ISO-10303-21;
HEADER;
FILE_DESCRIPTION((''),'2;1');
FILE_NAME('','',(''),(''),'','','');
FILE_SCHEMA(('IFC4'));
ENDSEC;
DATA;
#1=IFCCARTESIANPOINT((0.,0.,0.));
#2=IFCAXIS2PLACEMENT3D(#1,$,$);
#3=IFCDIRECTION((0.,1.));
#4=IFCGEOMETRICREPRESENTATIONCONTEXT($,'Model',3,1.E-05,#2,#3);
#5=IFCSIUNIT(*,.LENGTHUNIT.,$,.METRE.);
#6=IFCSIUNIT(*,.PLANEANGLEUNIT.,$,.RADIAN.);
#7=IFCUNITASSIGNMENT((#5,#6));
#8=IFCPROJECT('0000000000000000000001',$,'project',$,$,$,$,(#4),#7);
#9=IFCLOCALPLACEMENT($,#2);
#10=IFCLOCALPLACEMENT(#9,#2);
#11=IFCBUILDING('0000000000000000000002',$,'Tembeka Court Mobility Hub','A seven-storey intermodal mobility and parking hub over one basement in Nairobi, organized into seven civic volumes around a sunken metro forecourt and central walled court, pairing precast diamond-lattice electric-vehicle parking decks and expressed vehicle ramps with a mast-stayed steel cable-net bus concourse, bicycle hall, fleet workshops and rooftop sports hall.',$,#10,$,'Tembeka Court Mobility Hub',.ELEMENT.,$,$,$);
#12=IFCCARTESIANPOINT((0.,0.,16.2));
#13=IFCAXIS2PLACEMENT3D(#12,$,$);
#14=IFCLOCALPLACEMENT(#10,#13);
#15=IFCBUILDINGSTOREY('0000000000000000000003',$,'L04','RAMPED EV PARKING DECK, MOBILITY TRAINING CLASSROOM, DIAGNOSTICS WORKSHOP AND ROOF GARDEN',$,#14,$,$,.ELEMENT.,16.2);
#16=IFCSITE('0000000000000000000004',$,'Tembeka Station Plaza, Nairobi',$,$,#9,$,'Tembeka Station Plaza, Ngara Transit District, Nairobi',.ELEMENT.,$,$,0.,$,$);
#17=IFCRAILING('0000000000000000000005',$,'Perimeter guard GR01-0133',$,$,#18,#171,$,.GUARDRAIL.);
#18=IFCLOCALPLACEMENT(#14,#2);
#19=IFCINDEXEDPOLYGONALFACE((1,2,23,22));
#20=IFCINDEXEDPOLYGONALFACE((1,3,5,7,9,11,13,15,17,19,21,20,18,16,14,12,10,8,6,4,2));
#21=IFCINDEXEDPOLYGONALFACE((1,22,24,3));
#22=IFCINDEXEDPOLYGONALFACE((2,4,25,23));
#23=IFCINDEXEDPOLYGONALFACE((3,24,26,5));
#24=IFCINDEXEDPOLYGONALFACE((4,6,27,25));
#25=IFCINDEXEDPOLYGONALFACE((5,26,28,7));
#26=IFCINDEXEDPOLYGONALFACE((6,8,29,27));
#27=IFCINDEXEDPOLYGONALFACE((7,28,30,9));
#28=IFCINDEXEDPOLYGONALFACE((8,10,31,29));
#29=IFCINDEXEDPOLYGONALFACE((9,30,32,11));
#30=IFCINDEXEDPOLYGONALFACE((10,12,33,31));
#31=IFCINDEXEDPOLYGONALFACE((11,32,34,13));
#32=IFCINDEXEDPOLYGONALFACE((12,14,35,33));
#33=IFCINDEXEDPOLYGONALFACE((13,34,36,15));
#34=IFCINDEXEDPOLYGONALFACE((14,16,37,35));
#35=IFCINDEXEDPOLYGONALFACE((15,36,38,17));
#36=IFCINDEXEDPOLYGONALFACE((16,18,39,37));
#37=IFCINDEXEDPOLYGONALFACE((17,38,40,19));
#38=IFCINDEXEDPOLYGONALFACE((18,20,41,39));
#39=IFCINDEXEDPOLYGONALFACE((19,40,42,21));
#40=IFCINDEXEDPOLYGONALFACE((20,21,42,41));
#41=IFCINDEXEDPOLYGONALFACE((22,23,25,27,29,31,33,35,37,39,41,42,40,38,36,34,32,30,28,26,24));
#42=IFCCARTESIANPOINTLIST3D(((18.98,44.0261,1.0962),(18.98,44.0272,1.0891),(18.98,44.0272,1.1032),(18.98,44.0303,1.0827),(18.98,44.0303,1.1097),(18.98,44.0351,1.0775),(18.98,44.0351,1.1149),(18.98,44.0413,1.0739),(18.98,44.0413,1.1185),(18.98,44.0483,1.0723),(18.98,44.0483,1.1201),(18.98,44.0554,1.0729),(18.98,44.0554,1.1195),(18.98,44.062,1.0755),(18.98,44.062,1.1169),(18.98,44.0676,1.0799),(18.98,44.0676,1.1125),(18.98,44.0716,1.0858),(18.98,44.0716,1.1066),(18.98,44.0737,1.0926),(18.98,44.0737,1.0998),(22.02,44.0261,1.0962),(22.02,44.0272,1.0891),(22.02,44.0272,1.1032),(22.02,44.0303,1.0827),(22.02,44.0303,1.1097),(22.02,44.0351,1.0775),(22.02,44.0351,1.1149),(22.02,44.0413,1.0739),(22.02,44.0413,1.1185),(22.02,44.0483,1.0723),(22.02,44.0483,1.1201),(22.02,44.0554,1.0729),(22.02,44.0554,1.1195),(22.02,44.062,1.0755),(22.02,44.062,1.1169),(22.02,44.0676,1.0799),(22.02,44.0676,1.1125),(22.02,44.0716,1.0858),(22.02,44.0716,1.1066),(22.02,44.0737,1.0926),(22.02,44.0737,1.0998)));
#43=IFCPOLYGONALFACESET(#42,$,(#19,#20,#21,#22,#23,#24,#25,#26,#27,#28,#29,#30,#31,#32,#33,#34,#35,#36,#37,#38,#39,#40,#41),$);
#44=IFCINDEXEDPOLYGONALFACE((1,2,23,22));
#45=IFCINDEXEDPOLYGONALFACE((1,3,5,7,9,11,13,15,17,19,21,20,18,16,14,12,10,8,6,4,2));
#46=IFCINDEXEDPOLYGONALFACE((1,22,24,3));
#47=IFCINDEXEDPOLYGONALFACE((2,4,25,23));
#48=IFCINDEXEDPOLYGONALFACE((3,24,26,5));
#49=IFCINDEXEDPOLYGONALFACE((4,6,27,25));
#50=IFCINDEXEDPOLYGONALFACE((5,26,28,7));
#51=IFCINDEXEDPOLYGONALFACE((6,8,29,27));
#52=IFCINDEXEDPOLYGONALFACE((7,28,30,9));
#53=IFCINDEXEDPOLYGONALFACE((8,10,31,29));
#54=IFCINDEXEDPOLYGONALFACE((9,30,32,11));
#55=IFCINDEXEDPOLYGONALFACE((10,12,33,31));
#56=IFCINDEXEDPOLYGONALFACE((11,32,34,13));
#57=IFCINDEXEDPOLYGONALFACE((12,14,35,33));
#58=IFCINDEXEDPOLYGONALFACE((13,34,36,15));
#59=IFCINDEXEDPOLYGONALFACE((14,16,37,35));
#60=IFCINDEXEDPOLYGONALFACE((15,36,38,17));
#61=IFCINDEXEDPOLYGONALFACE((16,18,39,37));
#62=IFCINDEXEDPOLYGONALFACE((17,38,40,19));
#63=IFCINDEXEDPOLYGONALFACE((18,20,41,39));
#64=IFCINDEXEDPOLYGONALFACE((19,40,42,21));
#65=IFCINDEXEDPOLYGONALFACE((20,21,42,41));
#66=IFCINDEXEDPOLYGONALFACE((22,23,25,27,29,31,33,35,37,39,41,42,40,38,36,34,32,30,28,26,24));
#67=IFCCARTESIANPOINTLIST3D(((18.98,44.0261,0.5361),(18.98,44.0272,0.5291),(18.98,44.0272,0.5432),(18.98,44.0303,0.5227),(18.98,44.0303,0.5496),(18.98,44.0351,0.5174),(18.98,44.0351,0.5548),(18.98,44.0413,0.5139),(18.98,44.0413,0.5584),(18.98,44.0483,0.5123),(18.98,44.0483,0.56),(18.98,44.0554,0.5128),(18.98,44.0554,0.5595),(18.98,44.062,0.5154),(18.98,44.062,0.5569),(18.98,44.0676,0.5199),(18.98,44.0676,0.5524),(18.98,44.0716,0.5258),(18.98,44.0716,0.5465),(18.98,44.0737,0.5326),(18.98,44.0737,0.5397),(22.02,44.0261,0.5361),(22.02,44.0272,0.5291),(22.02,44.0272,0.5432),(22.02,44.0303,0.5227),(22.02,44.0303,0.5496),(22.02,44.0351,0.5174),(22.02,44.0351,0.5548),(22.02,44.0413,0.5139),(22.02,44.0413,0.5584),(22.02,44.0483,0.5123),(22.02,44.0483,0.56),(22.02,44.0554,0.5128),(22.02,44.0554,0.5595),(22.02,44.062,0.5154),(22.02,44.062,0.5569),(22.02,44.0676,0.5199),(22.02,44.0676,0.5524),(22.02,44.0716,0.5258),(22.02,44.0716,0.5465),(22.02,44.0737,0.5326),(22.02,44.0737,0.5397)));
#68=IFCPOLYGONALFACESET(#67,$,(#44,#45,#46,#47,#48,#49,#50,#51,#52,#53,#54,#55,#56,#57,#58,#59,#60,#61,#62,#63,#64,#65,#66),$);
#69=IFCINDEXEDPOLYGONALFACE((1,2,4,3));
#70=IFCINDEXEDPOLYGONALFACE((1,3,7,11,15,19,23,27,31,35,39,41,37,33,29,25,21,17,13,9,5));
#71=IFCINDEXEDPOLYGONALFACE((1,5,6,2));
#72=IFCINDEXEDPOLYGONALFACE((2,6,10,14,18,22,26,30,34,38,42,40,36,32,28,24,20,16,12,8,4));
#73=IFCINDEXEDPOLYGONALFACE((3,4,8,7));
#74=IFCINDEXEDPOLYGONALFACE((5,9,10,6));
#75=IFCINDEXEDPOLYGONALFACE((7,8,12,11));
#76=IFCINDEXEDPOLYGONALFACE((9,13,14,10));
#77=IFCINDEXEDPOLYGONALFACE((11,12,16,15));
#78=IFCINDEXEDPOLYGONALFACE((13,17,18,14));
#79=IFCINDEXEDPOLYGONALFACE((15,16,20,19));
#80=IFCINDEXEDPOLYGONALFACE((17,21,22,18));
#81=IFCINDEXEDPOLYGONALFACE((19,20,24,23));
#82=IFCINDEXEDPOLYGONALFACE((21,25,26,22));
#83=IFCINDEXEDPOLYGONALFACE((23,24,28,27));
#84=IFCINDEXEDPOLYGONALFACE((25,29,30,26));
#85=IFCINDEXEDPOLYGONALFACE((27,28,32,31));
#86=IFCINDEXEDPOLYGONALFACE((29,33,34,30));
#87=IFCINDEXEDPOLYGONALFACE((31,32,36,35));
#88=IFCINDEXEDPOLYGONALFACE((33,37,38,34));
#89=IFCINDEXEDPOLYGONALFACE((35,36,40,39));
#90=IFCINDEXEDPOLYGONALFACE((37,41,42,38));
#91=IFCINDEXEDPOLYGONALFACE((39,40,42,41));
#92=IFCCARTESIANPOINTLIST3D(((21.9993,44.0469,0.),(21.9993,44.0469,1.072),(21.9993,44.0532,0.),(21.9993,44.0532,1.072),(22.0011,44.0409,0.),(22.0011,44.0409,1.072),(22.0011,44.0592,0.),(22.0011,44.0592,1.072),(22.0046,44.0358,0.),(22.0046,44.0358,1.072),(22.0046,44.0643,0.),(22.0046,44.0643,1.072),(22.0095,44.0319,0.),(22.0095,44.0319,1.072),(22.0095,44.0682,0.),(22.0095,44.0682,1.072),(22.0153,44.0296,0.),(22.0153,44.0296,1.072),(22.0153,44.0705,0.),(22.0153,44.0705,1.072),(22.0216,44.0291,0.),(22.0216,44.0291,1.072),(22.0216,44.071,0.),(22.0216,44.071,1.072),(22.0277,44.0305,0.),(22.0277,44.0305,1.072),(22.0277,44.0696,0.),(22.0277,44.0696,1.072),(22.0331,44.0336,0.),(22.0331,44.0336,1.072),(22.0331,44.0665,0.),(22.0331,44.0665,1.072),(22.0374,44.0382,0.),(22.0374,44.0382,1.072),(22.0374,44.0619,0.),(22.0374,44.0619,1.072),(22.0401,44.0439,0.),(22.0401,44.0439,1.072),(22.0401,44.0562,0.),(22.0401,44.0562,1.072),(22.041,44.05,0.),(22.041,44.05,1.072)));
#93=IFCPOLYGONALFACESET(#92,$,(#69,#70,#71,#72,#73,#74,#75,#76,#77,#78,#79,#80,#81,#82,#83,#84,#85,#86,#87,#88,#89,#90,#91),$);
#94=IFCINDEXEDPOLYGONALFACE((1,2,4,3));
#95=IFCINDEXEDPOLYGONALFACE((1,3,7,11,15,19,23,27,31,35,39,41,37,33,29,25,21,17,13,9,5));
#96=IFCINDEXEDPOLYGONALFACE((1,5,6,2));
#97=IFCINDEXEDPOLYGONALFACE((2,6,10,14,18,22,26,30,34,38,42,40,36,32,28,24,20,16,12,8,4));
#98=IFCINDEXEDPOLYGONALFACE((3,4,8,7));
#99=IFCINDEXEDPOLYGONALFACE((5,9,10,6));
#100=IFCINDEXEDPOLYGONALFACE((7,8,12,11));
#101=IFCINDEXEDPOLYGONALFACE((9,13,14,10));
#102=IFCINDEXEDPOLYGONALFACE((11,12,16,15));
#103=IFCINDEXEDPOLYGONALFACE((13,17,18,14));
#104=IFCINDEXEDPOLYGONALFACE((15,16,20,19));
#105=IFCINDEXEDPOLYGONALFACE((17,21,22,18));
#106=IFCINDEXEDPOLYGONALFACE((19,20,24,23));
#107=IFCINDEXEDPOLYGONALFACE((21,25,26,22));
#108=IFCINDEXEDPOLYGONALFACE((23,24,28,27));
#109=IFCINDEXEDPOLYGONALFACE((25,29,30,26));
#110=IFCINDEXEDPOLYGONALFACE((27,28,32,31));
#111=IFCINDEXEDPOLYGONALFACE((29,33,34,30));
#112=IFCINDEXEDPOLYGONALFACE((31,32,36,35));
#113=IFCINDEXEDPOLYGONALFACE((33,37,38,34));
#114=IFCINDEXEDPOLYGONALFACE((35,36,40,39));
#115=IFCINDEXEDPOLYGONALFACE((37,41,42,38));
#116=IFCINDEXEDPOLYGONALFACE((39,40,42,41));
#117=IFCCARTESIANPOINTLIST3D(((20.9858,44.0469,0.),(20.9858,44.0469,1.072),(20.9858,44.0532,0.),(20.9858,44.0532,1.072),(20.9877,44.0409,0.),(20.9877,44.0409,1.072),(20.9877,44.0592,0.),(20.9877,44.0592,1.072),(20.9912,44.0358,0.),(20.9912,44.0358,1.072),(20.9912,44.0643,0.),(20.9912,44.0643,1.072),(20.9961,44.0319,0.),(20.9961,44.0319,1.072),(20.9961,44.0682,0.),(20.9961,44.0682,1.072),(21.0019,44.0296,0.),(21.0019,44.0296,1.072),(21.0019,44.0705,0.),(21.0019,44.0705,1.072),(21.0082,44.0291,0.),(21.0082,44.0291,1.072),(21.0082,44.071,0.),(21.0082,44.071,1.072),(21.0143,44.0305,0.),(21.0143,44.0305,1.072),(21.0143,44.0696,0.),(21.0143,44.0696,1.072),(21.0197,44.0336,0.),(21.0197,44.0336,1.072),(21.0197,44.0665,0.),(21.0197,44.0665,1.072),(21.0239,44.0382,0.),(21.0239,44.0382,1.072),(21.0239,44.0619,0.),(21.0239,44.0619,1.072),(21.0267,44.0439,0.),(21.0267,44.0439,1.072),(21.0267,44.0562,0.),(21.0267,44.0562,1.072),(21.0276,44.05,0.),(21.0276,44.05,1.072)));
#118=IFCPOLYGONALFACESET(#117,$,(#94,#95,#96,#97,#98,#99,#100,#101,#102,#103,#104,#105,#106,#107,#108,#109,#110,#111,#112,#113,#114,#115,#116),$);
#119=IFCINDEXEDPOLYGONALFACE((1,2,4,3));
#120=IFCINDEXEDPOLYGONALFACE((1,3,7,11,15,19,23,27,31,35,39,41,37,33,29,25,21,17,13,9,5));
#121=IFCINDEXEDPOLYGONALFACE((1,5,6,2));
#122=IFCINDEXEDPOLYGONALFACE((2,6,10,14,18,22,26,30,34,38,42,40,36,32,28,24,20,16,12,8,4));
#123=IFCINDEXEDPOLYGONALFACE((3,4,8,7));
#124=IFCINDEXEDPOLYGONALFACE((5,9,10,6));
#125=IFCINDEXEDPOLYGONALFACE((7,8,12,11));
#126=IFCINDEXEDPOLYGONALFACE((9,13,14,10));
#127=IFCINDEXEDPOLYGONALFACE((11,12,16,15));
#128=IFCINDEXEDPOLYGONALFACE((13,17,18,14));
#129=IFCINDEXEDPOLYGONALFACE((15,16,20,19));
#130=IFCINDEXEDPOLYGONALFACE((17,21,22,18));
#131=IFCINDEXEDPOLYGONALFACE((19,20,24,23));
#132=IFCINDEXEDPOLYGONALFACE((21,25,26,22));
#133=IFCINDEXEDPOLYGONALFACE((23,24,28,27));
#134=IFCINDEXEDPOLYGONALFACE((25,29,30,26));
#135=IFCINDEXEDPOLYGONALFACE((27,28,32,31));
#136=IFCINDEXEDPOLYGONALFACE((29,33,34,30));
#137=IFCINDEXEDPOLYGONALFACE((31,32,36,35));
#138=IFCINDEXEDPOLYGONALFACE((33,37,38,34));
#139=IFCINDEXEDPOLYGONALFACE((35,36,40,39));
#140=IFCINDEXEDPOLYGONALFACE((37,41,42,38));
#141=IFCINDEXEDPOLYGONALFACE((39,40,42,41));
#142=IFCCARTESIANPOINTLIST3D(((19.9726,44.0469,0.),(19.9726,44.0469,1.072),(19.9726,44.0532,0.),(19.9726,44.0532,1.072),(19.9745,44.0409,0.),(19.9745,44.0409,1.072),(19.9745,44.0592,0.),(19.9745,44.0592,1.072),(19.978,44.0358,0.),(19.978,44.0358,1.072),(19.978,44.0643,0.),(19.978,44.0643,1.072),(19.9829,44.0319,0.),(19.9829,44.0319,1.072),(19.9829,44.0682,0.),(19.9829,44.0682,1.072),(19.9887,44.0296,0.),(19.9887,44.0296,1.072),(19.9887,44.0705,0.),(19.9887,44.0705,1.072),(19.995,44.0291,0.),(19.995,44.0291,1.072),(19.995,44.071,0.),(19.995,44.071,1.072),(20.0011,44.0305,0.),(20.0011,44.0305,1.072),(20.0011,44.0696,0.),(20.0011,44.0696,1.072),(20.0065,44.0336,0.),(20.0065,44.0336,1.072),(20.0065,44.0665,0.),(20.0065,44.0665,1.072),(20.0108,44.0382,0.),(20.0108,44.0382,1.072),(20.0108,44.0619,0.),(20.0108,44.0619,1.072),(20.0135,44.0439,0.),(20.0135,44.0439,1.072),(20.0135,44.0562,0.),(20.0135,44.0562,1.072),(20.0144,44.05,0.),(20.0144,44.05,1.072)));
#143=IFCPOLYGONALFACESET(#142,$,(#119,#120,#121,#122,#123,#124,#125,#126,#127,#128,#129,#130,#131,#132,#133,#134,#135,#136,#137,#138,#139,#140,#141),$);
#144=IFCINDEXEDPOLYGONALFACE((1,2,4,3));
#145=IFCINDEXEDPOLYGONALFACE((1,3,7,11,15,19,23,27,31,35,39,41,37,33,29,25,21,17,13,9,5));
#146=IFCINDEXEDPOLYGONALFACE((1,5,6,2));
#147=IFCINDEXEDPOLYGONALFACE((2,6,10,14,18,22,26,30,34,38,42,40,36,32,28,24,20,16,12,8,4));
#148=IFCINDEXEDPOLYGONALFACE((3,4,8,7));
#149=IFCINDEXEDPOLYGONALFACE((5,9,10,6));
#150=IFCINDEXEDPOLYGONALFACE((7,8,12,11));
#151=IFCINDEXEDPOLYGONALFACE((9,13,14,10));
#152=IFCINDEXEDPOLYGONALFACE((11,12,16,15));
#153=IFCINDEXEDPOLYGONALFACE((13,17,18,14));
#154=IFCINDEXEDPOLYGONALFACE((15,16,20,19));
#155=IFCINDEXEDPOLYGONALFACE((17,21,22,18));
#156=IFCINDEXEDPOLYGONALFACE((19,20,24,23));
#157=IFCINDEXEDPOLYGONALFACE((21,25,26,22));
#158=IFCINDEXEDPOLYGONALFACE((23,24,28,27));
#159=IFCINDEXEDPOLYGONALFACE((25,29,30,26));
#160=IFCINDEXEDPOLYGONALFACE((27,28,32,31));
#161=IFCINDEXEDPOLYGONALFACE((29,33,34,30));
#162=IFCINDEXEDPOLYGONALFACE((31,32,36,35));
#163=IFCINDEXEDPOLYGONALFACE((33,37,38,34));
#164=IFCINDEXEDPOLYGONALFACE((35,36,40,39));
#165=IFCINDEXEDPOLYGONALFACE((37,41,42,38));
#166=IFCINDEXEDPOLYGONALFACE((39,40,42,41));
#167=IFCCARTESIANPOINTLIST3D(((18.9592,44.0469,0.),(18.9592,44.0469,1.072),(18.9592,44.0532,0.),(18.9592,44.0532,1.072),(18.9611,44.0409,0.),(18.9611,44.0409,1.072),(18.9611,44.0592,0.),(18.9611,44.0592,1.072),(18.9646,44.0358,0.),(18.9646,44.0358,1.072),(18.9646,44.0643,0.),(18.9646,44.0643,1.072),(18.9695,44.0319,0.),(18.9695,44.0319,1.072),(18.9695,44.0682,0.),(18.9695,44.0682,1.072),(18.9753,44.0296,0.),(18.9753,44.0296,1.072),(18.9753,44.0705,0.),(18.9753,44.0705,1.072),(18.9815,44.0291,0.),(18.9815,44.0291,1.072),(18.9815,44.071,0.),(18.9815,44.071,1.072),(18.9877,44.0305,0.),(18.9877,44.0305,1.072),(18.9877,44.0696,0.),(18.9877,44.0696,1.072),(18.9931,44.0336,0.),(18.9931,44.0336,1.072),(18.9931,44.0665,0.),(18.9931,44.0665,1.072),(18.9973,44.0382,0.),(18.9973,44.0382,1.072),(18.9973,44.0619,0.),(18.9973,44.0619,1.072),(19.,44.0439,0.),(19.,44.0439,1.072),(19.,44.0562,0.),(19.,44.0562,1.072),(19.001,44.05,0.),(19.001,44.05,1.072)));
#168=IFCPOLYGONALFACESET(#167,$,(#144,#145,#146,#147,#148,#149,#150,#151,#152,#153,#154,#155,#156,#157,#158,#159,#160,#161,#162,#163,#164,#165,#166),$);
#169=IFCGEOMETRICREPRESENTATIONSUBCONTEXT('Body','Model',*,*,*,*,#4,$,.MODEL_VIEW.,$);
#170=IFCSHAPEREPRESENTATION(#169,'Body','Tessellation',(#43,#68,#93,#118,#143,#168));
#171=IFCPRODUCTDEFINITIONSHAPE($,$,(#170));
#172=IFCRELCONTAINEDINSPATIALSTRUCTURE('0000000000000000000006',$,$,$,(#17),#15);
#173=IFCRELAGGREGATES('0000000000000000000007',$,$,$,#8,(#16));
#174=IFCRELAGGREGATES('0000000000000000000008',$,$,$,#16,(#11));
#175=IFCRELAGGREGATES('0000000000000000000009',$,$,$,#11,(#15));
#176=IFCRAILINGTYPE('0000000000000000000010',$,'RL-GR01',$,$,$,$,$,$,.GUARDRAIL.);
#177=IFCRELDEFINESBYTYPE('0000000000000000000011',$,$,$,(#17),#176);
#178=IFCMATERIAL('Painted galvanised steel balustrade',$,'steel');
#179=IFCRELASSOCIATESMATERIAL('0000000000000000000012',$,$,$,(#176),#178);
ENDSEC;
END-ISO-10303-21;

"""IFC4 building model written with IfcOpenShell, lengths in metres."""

from ifc_helpers import new_model, si_unit, direction, frame, origin, origin_2d, place, context, subcontext, project, spatial, circle, extrude, material, type_object, element, save


model = new_model("IFC4")

# Units and contexts
model_context = context("Model", 3, precision=1e-05, world=origin(), true_north=direction((0.0, 1.0)))
body_context = subcontext(model_context, "Body", "Model", "MODEL_VIEW")
ifc_project = project(units=[si_unit("LENGTHUNIT", "METRE"), si_unit("PLANEANGLEUNIT", "RADIAN")], contexts=[model_context])

# Site, building, storey
site_placement = place(None, origin())
site = spatial("IfcSite", under=ifc_project, at=site_placement, Name="Tembeka Station Plaza, Nairobi", LongName="Tembeka Station Plaza, Ngara Transit District, Nairobi", CompositionType="ELEMENT", RefElevation=0.0)
building_placement = place(site_placement, origin())
building = spatial("IfcBuilding", under=site, at=building_placement, Name="Tembeka Court Mobility Hub", Description="A seven-storey intermodal mobility and parking hub over one basement in Nairobi, organized into seven civic volumes around a sunken metro forecourt and central walled court, pairing precast diamond-lattice electric-vehicle parking decks and expressed vehicle ramps with a mast-stayed steel cable-net bus concourse, bicycle hall, fleet workshops and rooftop sports hall.", LongName="Tembeka Court Mobility Hub", CompositionType="ELEMENT")
storey_placement = place(building_placement, frame((0.0, 0.0, 16.2)))
storey = spatial("IfcBuildingStorey", under=building, at=storey_placement, Name="L04", Description="RAMPED EV PARKING DECK, MOBILITY TRAINING CLASSROOM, DIAGNOSTICS WORKSHOP AND ROOF GARDEN", CompositionType="ELEMENT", Elevation=16.2)

# Railing
ifc_material_1 = material(Name="Painted galvanised steel balustrade", Category="steel")
railing_type_1 = type_object("IfcRailingType", Name="RL-GR01", PredefinedType="GUARDRAIL", material=ifc_material_1)
railing_1_placement = place(storey_placement, frame((22.02, 44.05, 0.0)))
element("IfcRailing", 1, at=railing_1_placement, inside=storey, type_object=railing_type_1, Name="Perimeter guard GR01-0133", PredefinedType="GUARDRAIL", context=body_context, shape_type="SweptSolid", body=[
    extrude(circle(Radius=0.0239, at=origin_2d()), frame((0.0, 0.0, 1.0962), z_axis=(-1.0, 0.0, 0.0), x_axis=(0.0, -1.0, 0.0)), (0.0, 0.0, 1.0), 3.04),
    extrude(circle(Radius=0.0239, at=origin_2d()), frame((0.0, 0.0, 0.5361), z_axis=(-1.0, 0.0, 0.0), x_axis=(0.0, -1.0, 0.0)), (0.0, 0.0, 1.0), 3.04),
    extrude(circle(Radius=0.021, at=origin_2d()), origin(), (0.0, 0.0, 1.0), 1.072),
    extrude(circle(Radius=0.021, at=origin_2d()), frame((-1.0134, 0.0, 0.0)), (0.0, 0.0, 1.0), 1.072),
    extrude(circle(Radius=0.021, at=origin_2d()), frame((-2.0266, 0.0, 0.0)), (0.0, 0.0, 1.0), 1.072),
    extrude(circle(Radius=0.021, at=origin_2d()), frame((-3.04, 0.0, 0.0)), (0.0, 0.0, 1.0), 1.072),
])

save(model, "model.ifc")
